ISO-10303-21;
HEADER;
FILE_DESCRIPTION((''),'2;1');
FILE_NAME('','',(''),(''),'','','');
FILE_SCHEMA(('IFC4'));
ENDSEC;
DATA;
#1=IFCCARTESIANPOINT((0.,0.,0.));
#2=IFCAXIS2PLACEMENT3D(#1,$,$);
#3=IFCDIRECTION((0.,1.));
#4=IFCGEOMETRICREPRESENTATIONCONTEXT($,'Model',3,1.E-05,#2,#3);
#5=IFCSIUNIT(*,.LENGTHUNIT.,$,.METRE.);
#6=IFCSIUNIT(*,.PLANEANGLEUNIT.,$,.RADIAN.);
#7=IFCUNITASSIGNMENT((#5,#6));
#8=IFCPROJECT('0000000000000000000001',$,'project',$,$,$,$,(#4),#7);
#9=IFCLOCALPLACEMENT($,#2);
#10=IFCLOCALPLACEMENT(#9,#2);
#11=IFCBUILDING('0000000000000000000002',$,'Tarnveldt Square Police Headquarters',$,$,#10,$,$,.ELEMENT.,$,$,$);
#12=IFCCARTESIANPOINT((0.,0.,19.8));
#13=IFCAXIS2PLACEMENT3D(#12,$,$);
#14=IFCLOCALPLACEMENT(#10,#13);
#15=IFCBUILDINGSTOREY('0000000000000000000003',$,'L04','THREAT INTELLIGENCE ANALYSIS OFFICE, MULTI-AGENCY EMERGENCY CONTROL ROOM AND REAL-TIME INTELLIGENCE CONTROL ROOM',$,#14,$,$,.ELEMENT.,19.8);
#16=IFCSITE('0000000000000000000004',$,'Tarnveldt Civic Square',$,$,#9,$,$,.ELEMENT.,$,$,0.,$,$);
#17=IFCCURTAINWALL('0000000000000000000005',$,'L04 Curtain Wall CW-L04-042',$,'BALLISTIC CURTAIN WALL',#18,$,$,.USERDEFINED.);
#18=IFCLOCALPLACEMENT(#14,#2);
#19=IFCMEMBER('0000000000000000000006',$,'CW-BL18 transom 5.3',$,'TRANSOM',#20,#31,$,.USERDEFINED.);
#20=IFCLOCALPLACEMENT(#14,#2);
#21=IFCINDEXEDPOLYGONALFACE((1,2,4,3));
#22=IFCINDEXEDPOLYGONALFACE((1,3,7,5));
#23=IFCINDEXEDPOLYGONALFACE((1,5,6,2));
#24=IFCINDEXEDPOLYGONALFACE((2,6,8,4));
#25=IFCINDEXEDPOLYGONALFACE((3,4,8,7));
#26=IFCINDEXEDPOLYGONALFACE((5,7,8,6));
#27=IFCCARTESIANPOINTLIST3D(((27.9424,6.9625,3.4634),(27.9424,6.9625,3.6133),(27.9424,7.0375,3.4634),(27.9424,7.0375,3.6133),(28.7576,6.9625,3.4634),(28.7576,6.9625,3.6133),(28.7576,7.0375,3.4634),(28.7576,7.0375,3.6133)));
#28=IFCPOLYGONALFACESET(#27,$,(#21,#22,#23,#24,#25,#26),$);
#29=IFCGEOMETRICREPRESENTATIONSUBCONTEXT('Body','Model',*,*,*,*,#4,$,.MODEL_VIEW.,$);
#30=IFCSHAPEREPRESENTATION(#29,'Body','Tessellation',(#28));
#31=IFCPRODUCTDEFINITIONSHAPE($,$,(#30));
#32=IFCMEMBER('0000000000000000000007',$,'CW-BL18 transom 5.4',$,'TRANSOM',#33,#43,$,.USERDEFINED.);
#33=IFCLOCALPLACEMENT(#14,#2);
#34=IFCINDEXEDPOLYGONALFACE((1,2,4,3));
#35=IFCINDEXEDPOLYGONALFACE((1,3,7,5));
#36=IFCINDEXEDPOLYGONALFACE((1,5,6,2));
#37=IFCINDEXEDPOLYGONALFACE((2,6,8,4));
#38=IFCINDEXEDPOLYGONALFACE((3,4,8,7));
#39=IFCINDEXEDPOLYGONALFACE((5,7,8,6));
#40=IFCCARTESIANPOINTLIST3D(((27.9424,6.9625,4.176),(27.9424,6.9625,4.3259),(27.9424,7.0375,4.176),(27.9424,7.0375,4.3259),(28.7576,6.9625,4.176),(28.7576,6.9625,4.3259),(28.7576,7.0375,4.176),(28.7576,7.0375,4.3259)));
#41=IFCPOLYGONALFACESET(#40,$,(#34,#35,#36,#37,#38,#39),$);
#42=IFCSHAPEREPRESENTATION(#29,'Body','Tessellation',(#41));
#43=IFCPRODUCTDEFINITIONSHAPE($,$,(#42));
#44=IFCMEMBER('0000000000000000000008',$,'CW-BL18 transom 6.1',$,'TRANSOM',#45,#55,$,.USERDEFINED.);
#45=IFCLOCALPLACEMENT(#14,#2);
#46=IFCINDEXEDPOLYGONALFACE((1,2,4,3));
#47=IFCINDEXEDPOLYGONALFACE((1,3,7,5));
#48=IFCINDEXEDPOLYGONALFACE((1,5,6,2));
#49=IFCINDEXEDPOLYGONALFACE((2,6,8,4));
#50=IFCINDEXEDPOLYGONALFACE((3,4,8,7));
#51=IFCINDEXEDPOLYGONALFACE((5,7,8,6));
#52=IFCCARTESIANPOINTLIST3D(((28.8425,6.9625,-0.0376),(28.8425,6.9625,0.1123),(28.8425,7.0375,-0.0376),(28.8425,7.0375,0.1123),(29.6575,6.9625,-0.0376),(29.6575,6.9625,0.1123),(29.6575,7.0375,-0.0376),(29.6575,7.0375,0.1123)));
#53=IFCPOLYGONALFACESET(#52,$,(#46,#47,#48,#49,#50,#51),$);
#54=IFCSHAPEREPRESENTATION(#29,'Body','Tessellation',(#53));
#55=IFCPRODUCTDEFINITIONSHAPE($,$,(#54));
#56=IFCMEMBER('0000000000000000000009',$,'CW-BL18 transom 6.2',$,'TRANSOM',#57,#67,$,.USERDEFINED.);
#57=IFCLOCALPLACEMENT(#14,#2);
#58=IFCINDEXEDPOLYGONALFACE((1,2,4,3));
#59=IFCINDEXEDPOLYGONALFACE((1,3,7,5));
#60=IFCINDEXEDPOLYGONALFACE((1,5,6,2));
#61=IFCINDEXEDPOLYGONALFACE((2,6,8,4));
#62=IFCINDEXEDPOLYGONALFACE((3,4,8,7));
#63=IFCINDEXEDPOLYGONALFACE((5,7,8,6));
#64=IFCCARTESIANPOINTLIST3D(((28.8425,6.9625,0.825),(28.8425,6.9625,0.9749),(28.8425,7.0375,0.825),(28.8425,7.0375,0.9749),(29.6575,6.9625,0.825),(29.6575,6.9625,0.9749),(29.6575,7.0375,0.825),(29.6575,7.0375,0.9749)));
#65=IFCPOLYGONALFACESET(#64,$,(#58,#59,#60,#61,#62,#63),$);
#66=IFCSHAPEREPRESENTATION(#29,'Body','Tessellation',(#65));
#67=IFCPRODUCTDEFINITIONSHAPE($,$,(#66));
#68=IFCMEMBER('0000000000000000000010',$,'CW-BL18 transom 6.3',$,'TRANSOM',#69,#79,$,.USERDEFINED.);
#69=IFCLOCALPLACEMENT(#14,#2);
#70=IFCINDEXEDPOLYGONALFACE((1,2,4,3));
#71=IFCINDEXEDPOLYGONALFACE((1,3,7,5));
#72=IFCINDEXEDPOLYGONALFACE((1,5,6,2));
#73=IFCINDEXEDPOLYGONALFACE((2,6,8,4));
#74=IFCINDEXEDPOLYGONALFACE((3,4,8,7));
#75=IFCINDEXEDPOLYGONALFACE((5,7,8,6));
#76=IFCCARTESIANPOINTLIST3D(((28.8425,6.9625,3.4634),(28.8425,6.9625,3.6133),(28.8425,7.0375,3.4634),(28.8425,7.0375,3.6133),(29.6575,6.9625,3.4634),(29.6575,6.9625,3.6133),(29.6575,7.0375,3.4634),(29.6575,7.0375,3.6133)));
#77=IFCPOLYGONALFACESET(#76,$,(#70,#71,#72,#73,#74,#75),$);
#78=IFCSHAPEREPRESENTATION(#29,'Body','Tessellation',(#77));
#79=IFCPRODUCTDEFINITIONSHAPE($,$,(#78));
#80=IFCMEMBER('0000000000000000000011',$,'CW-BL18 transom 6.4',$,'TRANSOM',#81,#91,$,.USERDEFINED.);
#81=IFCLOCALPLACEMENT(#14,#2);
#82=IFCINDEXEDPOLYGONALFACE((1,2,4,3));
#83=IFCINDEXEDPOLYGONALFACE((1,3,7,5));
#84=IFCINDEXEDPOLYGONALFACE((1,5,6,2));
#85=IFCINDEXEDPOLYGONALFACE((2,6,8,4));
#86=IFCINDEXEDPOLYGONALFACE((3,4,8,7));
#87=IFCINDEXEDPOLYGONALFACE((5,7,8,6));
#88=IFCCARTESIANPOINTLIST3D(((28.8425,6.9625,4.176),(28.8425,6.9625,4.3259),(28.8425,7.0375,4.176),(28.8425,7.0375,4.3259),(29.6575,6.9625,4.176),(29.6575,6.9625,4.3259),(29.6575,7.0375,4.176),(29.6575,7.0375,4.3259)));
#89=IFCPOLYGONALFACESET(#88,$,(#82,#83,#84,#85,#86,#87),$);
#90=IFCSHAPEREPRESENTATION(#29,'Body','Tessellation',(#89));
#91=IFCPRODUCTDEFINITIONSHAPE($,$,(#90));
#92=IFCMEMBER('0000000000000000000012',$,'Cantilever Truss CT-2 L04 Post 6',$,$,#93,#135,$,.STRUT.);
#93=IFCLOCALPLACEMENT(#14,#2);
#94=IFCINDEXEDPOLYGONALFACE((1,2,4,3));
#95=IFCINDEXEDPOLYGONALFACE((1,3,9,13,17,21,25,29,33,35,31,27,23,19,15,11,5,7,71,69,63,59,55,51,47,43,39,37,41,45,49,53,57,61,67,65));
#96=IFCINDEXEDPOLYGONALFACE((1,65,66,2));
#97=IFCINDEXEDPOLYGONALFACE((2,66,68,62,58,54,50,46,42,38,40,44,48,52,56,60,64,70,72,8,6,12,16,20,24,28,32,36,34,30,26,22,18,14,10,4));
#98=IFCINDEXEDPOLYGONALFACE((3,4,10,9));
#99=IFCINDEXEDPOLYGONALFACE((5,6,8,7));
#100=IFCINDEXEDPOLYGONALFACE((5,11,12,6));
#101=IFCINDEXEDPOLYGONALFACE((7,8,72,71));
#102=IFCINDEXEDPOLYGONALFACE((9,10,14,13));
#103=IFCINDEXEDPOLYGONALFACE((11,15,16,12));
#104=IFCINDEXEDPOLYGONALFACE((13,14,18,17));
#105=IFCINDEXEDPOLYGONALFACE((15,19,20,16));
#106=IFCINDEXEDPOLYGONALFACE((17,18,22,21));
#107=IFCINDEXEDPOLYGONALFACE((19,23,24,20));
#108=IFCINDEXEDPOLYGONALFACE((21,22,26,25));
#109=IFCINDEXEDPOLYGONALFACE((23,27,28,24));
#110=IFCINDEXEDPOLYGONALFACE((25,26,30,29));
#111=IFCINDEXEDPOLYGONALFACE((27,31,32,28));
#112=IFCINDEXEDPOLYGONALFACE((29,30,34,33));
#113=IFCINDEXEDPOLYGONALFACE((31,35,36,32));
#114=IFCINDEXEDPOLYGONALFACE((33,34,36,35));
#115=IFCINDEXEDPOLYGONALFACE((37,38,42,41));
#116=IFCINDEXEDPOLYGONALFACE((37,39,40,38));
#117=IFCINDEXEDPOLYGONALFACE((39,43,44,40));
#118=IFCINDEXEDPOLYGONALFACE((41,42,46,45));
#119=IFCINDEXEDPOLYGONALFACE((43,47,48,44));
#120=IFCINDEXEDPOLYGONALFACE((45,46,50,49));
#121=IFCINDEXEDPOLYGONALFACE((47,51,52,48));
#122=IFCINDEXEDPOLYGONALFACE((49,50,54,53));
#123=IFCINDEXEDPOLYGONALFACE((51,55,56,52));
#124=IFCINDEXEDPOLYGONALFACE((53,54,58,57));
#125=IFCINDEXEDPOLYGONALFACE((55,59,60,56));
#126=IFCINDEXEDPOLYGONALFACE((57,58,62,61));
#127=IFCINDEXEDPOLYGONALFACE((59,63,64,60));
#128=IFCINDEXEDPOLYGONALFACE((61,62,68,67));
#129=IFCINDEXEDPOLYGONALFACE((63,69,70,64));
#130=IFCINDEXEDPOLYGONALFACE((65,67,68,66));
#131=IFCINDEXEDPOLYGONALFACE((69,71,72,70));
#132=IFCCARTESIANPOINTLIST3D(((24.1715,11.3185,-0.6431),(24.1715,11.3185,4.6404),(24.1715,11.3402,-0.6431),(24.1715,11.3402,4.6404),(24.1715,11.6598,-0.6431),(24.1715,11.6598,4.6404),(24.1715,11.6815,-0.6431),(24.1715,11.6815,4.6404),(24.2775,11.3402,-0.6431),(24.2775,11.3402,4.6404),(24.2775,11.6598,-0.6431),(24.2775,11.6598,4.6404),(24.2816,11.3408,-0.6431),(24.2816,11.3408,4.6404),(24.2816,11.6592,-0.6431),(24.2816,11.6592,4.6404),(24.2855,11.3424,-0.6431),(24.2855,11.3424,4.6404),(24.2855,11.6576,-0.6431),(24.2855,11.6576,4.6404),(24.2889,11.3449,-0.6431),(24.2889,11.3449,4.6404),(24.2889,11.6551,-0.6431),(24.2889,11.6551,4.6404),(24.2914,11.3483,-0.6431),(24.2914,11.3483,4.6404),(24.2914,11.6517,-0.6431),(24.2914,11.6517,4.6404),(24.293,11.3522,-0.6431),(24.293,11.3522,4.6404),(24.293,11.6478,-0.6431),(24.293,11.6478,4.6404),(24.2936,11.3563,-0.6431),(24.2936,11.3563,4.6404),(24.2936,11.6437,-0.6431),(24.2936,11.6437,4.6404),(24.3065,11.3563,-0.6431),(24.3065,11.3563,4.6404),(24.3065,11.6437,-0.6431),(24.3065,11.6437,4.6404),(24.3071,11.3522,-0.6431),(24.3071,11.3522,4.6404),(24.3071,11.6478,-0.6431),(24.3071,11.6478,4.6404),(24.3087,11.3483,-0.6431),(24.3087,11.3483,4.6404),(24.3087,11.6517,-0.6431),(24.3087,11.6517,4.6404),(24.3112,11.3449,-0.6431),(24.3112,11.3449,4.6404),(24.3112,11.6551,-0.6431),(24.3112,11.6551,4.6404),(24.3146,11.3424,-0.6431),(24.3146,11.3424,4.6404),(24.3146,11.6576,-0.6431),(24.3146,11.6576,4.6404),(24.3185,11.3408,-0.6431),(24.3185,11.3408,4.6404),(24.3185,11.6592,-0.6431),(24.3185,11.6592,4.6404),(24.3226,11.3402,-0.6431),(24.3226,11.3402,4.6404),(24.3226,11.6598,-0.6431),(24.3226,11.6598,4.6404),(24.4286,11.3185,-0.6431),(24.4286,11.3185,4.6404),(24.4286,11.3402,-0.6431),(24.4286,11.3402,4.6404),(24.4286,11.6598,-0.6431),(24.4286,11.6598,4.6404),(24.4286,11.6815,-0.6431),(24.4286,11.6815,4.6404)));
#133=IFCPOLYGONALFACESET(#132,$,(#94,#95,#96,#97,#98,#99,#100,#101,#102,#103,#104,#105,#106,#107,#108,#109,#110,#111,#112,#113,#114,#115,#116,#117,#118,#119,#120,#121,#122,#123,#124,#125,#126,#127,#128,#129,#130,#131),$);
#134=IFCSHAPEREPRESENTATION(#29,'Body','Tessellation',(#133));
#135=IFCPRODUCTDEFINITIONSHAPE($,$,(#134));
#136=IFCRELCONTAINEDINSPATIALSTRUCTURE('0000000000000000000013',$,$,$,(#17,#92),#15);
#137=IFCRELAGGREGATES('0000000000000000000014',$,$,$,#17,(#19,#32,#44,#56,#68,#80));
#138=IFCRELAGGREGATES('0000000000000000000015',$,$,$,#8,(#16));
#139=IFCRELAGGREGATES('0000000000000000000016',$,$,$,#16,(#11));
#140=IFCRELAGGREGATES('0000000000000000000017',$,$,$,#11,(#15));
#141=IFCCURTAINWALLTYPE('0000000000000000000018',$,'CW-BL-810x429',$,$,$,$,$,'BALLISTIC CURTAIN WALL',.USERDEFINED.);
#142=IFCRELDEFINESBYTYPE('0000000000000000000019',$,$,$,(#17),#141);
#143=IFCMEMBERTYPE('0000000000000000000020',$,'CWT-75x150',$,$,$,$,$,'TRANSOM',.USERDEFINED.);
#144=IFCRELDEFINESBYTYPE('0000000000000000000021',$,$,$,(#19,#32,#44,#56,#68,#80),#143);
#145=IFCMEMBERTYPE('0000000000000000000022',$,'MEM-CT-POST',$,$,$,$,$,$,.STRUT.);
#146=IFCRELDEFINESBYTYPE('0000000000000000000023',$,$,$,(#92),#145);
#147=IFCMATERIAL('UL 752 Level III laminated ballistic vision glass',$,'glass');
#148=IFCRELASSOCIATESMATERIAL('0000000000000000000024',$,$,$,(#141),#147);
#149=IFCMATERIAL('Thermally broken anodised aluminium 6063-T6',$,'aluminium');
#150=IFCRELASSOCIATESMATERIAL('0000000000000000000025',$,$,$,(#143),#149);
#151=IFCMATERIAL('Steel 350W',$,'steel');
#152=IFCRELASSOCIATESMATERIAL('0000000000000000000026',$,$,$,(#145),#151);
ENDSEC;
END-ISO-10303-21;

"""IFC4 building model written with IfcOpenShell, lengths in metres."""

from ifc_helpers import new_model, si_unit, direction, frame, origin, origin_2d, place, context, subcontext, project, spatial, rectangle, i_section, extrude, material, material_profile, profile_set, type_object, element, aggregate, save


model = new_model("IFC4")

# Units and contexts
model_context = context("Model", 3, precision=1e-05, world=origin(), true_north=direction((0.0, 1.0)))
body_context = subcontext(model_context, "Body", "Model", "MODEL_VIEW")
ifc_project = project(units=[si_unit("LENGTHUNIT", "METRE"), si_unit("PLANEANGLEUNIT", "RADIAN")], contexts=[model_context])

# Site, building, storey
site_placement = place(None, origin())
site = spatial("IfcSite", under=ifc_project, at=site_placement, Name="Tarnveldt Civic Square", CompositionType="ELEMENT", RefElevation=0.0)
building_placement = place(site_placement, origin())
building = spatial("IfcBuilding", under=site, at=building_placement, Name="Tarnveldt Square Police Headquarters", CompositionType="ELEMENT")
storey_placement = place(building_placement, frame((0.0, 0.0, 19.8)))
storey = spatial("IfcBuildingStorey", under=building, at=storey_placement, Name="L04", Description="THREAT INTELLIGENCE ANALYSIS OFFICE, MULTI-AGENCY EMERGENCY CONTROL ROOM AND REAL-TIME INTELLIGENCE CONTROL ROOM", CompositionType="ELEMENT", Elevation=19.8)

# Shared definitions
ifc_material_1 = material(Name="Steel 350W", Category="steel")

# Curtain wall, members
ifc_material_2 = material(Name="UL 752 Level III laminated ballistic vision glass", Category="glass")
curtain_wall_type = type_object("IfcCurtainWallType", Name="CW-BL-810x429", ElementType="BALLISTIC CURTAIN WALL", PredefinedType="USERDEFINED", material=ifc_material_2)
curtain_wall_placement = place(storey_placement, origin())
curtain_wall = element("IfcCurtainWall", 1, at=curtain_wall_placement, inside=storey, type_object=curtain_wall_type, Name="L04 Curtain Wall CW-L04-042", ObjectType="BALLISTIC CURTAIN WALL", PredefinedType="USERDEFINED")
ifc_material_3 = material(Name="Thermally broken anodised aluminium 6063-T6", Category="aluminium")
ifc_material_profile_1 = material_profile(ifc_material_3, rectangle(XDim=0.075, YDim=0.1499, at=origin_2d()), Name="CW-T75x150")
ifc_profile_set_1 = profile_set([ifc_material_profile_1], Name="Thermally broken anodised aluminium 6063-T6")
member_type_1 = type_object("IfcMemberType", Name="CWT-75x150", ElementType="TRANSOM", PredefinedType="USERDEFINED", material=ifc_profile_set_1)
member_1_placement = place(storey_placement, frame((27.9424, 7.0, 3.5383), z_axis=(1.0, 0.0, 0.0), x_axis=(0.0, 1.0, 0.0)))
member_1 = element("IfcMember", 2, at=member_1_placement, type_object=member_type_1, Name="CW-BL18 transom 5.3", ObjectType="TRANSOM", PredefinedType="USERDEFINED", context=body_context, shape_type="SweptSolid", body=[
    extrude(rectangle(XDim=0.075, YDim=0.1499, at=origin_2d()), origin(), (0.0, 0.0, 1.0), 0.8152),
])
member_2_placement = place(storey_placement, frame((27.9424, 7.0, 4.251), z_axis=(1.0, 0.0, 0.0), x_axis=(0.0, 1.0, 0.0)))
member_2 = element("IfcMember", 3, at=member_2_placement, type_object=member_type_1, Name="CW-BL18 transom 5.4", ObjectType="TRANSOM", PredefinedType="USERDEFINED", context=body_context, shape_type="SweptSolid", body=[
    extrude(rectangle(XDim=0.075, YDim=0.1499, at=origin_2d()), origin(), (0.0, 0.0, 1.0), 0.8152),
])
member_3_placement = place(storey_placement, frame((28.8425, 7.0, 0.0374), z_axis=(1.0, 0.0, 0.0), x_axis=(0.0, 1.0, 0.0)))
member_3 = element("IfcMember", 4, at=member_3_placement, type_object=member_type_1, Name="CW-BL18 transom 6.1", ObjectType="TRANSOM", PredefinedType="USERDEFINED", context=body_context, shape_type="SweptSolid", body=[
    extrude(rectangle(XDim=0.075, YDim=0.1499, at=origin_2d()), origin(), (0.0, 0.0, 1.0), 0.8149),
])
member_4_placement = place(storey_placement, frame((28.8425, 7.0, 0.8999), z_axis=(1.0, 0.0, 0.0), x_axis=(0.0, 1.0, 0.0)))
member_4 = element("IfcMember", 5, at=member_4_placement, type_object=member_type_1, Name="CW-BL18 transom 6.2", ObjectType="TRANSOM", PredefinedType="USERDEFINED", context=body_context, shape_type="SweptSolid", body=[
    extrude(rectangle(XDim=0.075, YDim=0.1499, at=origin_2d()), origin(), (0.0, 0.0, 1.0), 0.8149),
])
member_5_placement = place(storey_placement, frame((28.8425, 7.0, 3.5383), z_axis=(1.0, 0.0, 0.0), x_axis=(0.0, 1.0, 0.0)))
member_5 = element("IfcMember", 6, at=member_5_placement, type_object=member_type_1, Name="CW-BL18 transom 6.3", ObjectType="TRANSOM", PredefinedType="USERDEFINED", context=body_context, shape_type="SweptSolid", body=[
    extrude(rectangle(XDim=0.075, YDim=0.1499, at=origin_2d()), origin(), (0.0, 0.0, 1.0), 0.8149),
])
member_6_placement = place(storey_placement, frame((28.8425, 7.0, 4.251), z_axis=(1.0, 0.0, 0.0), x_axis=(0.0, 1.0, 0.0)))
member_6 = element("IfcMember", 7, at=member_6_placement, type_object=member_type_1, Name="CW-BL18 transom 6.4", ObjectType="TRANSOM", PredefinedType="USERDEFINED", context=body_context, shape_type="SweptSolid", body=[
    extrude(rectangle(XDim=0.075, YDim=0.1499, at=origin_2d()), origin(), (0.0, 0.0, 1.0), 0.8149),
])

# Member
ifc_material_profile_2 = material_profile(ifc_material_1, i_section(OverallWidth=0.2571, OverallDepth=0.363, WebThickness=0.0129, FlangeThickness=0.0217, FilletRadius=0.0161, at=origin_2d()), Name="W360x122")
ifc_profile_set_2 = profile_set([ifc_material_profile_2], Name="Steel 350W")
member_type_2 = type_object("IfcMemberType", Name="MEM-CT-POST", PredefinedType="STRUT", material=ifc_profile_set_2)
member_7_placement = place(storey_placement, frame((24.3, 11.5, -0.6431), z_axis=(0.0, 0.0, 1.0), x_axis=(1.0, 0.0, 0.0)))
element("IfcMember", 8, at=member_7_placement, inside=storey, type_object=member_type_2, Name="Cantilever Truss CT-2 L04 Post 6", PredefinedType="STRUT", context=body_context, shape_type="SweptSolid", body=[
    extrude(i_section(OverallWidth=0.2571, OverallDepth=0.363, WebThickness=0.0129, FlangeThickness=0.0217, FilletRadius=0.0161, at=origin_2d()), origin(), (0.0, 0.0, 1.0), 5.2834),
])

aggregate(curtain_wall, [member_1, member_2, member_3, member_4, member_5, member_6])

save(model, "model.ifc")
